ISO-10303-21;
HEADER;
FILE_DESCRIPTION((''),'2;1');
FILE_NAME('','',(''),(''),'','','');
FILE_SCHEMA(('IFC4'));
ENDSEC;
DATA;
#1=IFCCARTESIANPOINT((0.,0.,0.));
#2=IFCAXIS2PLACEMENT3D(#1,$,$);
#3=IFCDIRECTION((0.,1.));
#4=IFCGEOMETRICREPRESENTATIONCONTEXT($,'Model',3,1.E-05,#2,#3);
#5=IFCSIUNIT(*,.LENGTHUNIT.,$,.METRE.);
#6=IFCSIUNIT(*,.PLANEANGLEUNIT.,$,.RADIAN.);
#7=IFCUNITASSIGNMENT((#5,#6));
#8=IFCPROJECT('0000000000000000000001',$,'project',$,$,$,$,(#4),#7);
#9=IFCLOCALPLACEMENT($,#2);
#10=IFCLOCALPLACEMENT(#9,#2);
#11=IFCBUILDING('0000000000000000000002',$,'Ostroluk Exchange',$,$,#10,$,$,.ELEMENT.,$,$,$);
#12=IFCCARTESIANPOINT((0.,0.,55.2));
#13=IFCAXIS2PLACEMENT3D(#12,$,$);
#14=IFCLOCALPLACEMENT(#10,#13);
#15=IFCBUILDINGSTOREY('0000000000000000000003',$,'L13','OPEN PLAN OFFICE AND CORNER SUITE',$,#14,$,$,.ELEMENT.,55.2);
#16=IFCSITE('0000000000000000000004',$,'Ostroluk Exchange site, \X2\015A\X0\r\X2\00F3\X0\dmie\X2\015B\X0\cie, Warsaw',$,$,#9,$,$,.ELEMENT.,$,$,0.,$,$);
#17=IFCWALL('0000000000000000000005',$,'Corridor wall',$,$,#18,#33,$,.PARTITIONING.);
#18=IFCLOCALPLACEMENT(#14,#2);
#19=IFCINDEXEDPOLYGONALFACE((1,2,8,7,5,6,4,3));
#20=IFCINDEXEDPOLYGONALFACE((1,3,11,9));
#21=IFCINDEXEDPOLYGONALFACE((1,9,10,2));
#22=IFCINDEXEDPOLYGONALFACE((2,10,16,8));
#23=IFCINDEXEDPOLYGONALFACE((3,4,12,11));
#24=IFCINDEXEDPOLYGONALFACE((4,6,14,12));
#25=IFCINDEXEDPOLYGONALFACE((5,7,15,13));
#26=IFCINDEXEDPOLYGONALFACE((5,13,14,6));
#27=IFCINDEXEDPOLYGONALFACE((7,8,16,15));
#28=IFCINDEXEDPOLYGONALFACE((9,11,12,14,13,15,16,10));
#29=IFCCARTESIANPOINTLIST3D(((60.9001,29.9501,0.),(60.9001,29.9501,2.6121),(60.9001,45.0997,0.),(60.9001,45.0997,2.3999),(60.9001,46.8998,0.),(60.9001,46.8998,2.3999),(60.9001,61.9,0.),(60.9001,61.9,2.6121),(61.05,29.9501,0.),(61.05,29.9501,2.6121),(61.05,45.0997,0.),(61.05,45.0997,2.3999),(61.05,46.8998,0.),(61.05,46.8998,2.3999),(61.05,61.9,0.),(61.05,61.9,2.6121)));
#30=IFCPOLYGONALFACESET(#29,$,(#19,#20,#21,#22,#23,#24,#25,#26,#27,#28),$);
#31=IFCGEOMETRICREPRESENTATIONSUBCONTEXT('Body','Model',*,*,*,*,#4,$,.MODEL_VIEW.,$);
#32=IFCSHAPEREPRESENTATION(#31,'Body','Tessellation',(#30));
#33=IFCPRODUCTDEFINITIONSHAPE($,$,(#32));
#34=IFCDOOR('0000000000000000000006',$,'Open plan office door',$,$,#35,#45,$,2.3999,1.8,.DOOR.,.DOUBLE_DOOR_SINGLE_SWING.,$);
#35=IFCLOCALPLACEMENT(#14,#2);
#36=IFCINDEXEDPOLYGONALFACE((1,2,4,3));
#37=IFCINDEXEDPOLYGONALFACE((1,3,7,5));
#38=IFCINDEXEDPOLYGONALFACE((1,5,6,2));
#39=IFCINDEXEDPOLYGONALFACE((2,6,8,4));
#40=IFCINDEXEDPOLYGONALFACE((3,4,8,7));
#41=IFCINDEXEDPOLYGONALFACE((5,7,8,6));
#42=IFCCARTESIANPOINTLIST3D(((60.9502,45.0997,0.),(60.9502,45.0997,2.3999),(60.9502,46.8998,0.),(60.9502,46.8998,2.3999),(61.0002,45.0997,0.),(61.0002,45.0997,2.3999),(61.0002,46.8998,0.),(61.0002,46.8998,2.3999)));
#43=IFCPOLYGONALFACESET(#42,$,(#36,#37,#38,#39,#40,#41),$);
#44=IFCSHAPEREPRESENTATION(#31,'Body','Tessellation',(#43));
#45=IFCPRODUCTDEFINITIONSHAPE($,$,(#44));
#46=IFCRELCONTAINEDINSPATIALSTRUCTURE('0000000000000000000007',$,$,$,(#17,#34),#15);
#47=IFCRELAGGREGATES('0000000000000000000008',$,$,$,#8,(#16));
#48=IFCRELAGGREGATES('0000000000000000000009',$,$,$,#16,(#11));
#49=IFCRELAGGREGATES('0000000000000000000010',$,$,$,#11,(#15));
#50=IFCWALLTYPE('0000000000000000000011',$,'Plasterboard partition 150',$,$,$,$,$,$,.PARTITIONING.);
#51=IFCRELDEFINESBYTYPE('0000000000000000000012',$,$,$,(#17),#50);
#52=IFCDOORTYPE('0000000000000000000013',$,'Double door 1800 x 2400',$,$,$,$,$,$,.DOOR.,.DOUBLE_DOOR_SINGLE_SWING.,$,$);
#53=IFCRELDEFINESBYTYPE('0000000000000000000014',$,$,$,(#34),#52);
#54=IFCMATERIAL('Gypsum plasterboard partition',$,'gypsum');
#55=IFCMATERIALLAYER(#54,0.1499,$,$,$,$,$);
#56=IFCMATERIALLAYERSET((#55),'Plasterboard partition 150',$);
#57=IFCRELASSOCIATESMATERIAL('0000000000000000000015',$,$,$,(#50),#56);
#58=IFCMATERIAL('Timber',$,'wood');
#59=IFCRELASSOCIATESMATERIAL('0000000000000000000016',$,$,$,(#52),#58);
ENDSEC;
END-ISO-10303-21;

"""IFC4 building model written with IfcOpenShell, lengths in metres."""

from ifc_helpers import new_model, si_unit, direction, frame, frame_2d, origin, place, context, subcontext, project, spatial, rectangle, extrude, material, layer, layer_set, type_object, element, fill, save


model = new_model("IFC4")

# Units and contexts
model_context = context("Model", 3, precision=1e-05, world=origin(), true_north=direction((0.0, 1.0)))
body_context = subcontext(model_context, "Body", "Model", "MODEL_VIEW")
ifc_project = project(units=[si_unit("LENGTHUNIT", "METRE"), si_unit("PLANEANGLEUNIT", "RADIAN")], contexts=[model_context])

# Site, building, storey
site_placement = place(None, origin())
site = spatial("IfcSite", under=ifc_project, at=site_placement, Name="Ostroluk Exchange site, Śródmieście, Warsaw", CompositionType="ELEMENT", RefElevation=0.0)
building_placement = place(site_placement, origin())
building = spatial("IfcBuilding", under=site, at=building_placement, Name="Ostroluk Exchange", CompositionType="ELEMENT")
storey_placement = place(building_placement, frame((0.0, 0.0, 55.2)))
storey = spatial("IfcBuildingStorey", under=building, at=storey_placement, Name="L13", Description="OPEN PLAN OFFICE AND CORNER SUITE", CompositionType="ELEMENT", Elevation=55.2)

# Shared definitions
ifc_material_1 = material(Name="Gypsum plasterboard partition", Category="gypsum")
ifc_layer_1 = layer(ifc_material_1, 0.1499)
ifc_layer_set_1 = layer_set([ifc_layer_1], Name="Plasterboard partition 150")
wall_type_1 = type_object("IfcWallType", Name="Plasterboard partition 150", PredefinedType="PARTITIONING", material=ifc_layer_set_1)

# Wall, opening, door
wall_1_placement = place(storey_placement, frame((60.9751, 29.95, 0.0), z_axis=(0.0, 0.0, 1.0), x_axis=(0.0, 1.0, 0.0)))
wall_1 = element("IfcWall", 1, at=wall_1_placement, inside=storey, type_object=wall_type_1, Name="Corridor wall", PredefinedType="PARTITIONING", context=body_context, shape_type="SweptSolid", body=[
    extrude(rectangle(XDim=31.95, YDim=0.1499, at=frame_2d((15.9751, 0.0))), origin(), (0.0, 0.0, 1.0), 2.6121),
])
opening_1_placement = place(wall_1_placement, frame((15.1499, 0.0, 0.0)))
opening_1 = element("IfcOpeningElement", 2, at=opening_1_placement, cuts=wall_1, PredefinedType="OPENING", context=body_context, shape_type="SweptSolid", body=[
    extrude(rectangle(XDim=1.8, YDim=2.3999, at=frame_2d((0.8999, 1.2))), frame((0.0, 0.085, 0.0), z_axis=(0.0, -1.0, 0.0), x_axis=(1.0, 0.0, 0.0)), (0.0, 0.0, 1.0), 0.1699),
])
ifc_material_2 = material(Name="Timber", Category="wood")
door_type_1 = type_object("IfcDoorType", Name="Double door 1800 x 2400", OperationType="DOUBLE_DOOR_SINGLE_SWING", PredefinedType="DOOR", material=ifc_material_2)
door_1_placement = place(opening_1_placement, origin())
door_1 = element("IfcDoor", 3, at=door_1_placement, inside=storey, type_object=door_type_1, Name="Open plan office door", OperationType="DOUBLE_DOOR_SINGLE_SWING", OverallHeight=2.3999, OverallWidth=1.8, PredefinedType="DOOR", context=body_context, shape_type="SweptSolid", body=[
    extrude(rectangle(XDim=1.8, YDim=2.3999, at=frame_2d((0.8999, 1.2))), frame((0.0, 0.0249, 0.0), z_axis=(0.0, -1.0, 0.0), x_axis=(1.0, 0.0, 0.0)), (0.0, 0.0, 1.0), 0.05),
])
fill(opening_1, door_1)

save(model, "model.ifc")
